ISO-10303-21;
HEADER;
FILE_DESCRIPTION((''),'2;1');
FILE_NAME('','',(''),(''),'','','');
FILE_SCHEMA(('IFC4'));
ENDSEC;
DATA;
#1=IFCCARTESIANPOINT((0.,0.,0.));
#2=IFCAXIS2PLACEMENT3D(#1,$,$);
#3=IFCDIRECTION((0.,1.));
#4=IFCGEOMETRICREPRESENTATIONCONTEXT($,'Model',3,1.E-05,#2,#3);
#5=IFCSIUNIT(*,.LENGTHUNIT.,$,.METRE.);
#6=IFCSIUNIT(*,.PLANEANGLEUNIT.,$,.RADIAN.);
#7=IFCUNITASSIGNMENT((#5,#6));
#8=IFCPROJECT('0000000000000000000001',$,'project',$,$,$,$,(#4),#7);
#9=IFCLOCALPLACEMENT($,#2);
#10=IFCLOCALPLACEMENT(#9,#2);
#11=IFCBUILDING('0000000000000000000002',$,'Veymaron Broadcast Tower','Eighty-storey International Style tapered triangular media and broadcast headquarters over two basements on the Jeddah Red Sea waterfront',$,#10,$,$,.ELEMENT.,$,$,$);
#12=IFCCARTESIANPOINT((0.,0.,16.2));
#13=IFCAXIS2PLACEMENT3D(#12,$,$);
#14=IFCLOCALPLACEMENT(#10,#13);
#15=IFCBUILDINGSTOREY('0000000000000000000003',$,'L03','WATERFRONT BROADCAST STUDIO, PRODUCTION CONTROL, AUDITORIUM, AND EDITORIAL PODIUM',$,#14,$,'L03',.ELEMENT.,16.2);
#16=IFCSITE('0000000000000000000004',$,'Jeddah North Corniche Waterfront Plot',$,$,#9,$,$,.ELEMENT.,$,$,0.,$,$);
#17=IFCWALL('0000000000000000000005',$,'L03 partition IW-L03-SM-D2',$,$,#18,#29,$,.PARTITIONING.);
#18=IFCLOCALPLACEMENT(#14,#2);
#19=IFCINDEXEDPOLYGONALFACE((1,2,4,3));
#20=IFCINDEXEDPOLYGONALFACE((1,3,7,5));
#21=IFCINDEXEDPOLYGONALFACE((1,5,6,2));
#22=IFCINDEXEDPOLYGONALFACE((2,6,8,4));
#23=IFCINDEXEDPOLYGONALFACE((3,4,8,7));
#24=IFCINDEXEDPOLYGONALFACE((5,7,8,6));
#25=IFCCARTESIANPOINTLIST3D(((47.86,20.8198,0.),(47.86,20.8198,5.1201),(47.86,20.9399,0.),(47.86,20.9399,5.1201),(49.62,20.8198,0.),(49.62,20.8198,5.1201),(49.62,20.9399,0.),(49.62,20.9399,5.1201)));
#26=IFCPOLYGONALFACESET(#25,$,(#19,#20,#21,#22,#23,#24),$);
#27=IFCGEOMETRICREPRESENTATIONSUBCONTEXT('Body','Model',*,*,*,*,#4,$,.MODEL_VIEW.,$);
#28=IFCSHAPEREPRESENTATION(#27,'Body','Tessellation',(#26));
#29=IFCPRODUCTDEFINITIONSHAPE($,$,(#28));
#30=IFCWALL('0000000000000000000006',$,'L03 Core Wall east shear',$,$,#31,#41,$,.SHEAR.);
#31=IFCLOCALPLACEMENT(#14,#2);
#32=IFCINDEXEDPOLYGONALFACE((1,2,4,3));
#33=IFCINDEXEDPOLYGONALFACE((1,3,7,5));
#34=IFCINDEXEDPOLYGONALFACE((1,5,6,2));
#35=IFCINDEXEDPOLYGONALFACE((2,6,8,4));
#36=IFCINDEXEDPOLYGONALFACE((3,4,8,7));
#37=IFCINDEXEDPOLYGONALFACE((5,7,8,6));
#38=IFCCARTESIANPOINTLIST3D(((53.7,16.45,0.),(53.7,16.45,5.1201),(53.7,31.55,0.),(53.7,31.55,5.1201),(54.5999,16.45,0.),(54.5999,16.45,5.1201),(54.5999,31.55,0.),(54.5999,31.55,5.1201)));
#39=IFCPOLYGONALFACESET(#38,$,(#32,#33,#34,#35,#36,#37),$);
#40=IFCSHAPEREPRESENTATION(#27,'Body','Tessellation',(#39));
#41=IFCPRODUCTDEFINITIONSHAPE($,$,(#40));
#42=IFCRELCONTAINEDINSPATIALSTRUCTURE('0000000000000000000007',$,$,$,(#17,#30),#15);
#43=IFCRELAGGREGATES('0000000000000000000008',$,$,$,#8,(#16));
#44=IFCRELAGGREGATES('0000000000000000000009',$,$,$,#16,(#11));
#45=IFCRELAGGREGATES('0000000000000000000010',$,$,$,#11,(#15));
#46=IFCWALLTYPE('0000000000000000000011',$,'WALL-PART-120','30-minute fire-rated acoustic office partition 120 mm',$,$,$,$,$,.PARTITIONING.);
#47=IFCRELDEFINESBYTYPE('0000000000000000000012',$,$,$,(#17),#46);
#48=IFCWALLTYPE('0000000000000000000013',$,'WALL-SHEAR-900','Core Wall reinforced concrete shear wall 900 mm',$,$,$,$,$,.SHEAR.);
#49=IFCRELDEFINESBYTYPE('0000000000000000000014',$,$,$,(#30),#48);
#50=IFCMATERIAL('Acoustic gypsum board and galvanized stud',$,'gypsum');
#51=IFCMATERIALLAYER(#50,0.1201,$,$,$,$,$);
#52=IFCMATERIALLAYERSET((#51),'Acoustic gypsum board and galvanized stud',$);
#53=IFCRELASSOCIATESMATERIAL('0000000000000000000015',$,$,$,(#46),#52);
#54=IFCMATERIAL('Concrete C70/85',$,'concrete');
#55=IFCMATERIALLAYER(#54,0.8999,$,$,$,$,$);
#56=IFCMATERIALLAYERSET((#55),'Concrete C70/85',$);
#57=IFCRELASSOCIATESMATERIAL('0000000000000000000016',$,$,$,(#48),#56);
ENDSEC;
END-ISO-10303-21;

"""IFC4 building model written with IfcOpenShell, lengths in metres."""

from ifc_helpers import new_model, si_unit, direction, frame, frame_2d, origin, place, context, subcontext, project, spatial, rectangle, extrude, material, layer, layer_set, type_object, element, save


model = new_model("IFC4")

# Units and contexts
model_context = context("Model", 3, precision=1e-05, world=origin(), true_north=direction((0.0, 1.0)))
body_context = subcontext(model_context, "Body", "Model", "MODEL_VIEW")
ifc_project = project(units=[si_unit("LENGTHUNIT", "METRE"), si_unit("PLANEANGLEUNIT", "RADIAN")], contexts=[model_context])

# Site, building, storey
site_placement = place(None, origin())
site = spatial("IfcSite", under=ifc_project, at=site_placement, Name="Jeddah North Corniche Waterfront Plot", CompositionType="ELEMENT", RefElevation=0.0)
building_placement = place(site_placement, origin())
building = spatial("IfcBuilding", under=site, at=building_placement, Name="Veymaron Broadcast Tower", Description="Eighty-storey International Style tapered triangular media and broadcast headquarters over two basements on the Jeddah Red Sea waterfront", CompositionType="ELEMENT")
storey_placement = place(building_placement, frame((0.0, 0.0, 16.2)))
storey = spatial("IfcBuildingStorey", under=building, at=storey_placement, Name="L03", Description="WATERFRONT BROADCAST STUDIO, PRODUCTION CONTROL, AUDITORIUM, AND EDITORIAL PODIUM", LongName="L03", CompositionType="ELEMENT", Elevation=16.2)

# Wall
ifc_material_1 = material(Name="Acoustic gypsum board and galvanized stud", Category="gypsum")
ifc_layer_1 = layer(ifc_material_1, 0.1201)
ifc_layer_set_1 = layer_set([ifc_layer_1], Name="Acoustic gypsum board and galvanized stud")
wall_type_1 = type_object("IfcWallType", Name="WALL-PART-120", Description="30-minute fire-rated acoustic office partition 120 mm", PredefinedType="PARTITIONING", material=ifc_layer_set_1)
for number, where, z_axis, x_axis, name in (
    (1, (47.8601, 20.8799, 0.0), (0.0, 0.0, 1.0), (1.0, 0.0, 0.0), "L03 partition IW-L03-SM-D2"),
):
    element("IfcWall", number, at=place(storey_placement, frame(where, z_axis=z_axis, x_axis=x_axis)), inside=storey, type_object=wall_type_1, Name=name, PredefinedType="PARTITIONING", context=body_context, shape_type="SweptSolid", body=[
        extrude(rectangle(XDim=1.76, YDim=0.1201, at=frame_2d((0.8799, 0.0))), origin(), (0.0, 0.0, 1.0), 5.1201),
    ])

# Wall
ifc_material_2 = material(Name="Concrete C70/85", Category="concrete")
ifc_layer_2 = layer(ifc_material_2, 0.8999)
ifc_layer_set_2 = layer_set([ifc_layer_2], Name="Concrete C70/85")
wall_type_2 = type_object("IfcWallType", Name="WALL-SHEAR-900", Description="Core Wall reinforced concrete shear wall 900 mm", PredefinedType="SHEAR", material=ifc_layer_set_2)
wall_1_placement = place(storey_placement, frame((54.1499, 16.45, 0.0), z_axis=(0.0, 0.0, 1.0), x_axis=(0.0, 1.0, 0.0)))
element("IfcWall", 2, at=wall_1_placement, inside=storey, type_object=wall_type_2, Name="L03 Core Wall east shear", PredefinedType="SHEAR", context=body_context, shape_type="SweptSolid", body=[
    extrude(rectangle(XDim=15.1001, YDim=0.8999, at=frame_2d((7.55, 0.0))), origin(), (0.0, 0.0, 1.0), 5.1201),
])

save(model, "model.ifc")
